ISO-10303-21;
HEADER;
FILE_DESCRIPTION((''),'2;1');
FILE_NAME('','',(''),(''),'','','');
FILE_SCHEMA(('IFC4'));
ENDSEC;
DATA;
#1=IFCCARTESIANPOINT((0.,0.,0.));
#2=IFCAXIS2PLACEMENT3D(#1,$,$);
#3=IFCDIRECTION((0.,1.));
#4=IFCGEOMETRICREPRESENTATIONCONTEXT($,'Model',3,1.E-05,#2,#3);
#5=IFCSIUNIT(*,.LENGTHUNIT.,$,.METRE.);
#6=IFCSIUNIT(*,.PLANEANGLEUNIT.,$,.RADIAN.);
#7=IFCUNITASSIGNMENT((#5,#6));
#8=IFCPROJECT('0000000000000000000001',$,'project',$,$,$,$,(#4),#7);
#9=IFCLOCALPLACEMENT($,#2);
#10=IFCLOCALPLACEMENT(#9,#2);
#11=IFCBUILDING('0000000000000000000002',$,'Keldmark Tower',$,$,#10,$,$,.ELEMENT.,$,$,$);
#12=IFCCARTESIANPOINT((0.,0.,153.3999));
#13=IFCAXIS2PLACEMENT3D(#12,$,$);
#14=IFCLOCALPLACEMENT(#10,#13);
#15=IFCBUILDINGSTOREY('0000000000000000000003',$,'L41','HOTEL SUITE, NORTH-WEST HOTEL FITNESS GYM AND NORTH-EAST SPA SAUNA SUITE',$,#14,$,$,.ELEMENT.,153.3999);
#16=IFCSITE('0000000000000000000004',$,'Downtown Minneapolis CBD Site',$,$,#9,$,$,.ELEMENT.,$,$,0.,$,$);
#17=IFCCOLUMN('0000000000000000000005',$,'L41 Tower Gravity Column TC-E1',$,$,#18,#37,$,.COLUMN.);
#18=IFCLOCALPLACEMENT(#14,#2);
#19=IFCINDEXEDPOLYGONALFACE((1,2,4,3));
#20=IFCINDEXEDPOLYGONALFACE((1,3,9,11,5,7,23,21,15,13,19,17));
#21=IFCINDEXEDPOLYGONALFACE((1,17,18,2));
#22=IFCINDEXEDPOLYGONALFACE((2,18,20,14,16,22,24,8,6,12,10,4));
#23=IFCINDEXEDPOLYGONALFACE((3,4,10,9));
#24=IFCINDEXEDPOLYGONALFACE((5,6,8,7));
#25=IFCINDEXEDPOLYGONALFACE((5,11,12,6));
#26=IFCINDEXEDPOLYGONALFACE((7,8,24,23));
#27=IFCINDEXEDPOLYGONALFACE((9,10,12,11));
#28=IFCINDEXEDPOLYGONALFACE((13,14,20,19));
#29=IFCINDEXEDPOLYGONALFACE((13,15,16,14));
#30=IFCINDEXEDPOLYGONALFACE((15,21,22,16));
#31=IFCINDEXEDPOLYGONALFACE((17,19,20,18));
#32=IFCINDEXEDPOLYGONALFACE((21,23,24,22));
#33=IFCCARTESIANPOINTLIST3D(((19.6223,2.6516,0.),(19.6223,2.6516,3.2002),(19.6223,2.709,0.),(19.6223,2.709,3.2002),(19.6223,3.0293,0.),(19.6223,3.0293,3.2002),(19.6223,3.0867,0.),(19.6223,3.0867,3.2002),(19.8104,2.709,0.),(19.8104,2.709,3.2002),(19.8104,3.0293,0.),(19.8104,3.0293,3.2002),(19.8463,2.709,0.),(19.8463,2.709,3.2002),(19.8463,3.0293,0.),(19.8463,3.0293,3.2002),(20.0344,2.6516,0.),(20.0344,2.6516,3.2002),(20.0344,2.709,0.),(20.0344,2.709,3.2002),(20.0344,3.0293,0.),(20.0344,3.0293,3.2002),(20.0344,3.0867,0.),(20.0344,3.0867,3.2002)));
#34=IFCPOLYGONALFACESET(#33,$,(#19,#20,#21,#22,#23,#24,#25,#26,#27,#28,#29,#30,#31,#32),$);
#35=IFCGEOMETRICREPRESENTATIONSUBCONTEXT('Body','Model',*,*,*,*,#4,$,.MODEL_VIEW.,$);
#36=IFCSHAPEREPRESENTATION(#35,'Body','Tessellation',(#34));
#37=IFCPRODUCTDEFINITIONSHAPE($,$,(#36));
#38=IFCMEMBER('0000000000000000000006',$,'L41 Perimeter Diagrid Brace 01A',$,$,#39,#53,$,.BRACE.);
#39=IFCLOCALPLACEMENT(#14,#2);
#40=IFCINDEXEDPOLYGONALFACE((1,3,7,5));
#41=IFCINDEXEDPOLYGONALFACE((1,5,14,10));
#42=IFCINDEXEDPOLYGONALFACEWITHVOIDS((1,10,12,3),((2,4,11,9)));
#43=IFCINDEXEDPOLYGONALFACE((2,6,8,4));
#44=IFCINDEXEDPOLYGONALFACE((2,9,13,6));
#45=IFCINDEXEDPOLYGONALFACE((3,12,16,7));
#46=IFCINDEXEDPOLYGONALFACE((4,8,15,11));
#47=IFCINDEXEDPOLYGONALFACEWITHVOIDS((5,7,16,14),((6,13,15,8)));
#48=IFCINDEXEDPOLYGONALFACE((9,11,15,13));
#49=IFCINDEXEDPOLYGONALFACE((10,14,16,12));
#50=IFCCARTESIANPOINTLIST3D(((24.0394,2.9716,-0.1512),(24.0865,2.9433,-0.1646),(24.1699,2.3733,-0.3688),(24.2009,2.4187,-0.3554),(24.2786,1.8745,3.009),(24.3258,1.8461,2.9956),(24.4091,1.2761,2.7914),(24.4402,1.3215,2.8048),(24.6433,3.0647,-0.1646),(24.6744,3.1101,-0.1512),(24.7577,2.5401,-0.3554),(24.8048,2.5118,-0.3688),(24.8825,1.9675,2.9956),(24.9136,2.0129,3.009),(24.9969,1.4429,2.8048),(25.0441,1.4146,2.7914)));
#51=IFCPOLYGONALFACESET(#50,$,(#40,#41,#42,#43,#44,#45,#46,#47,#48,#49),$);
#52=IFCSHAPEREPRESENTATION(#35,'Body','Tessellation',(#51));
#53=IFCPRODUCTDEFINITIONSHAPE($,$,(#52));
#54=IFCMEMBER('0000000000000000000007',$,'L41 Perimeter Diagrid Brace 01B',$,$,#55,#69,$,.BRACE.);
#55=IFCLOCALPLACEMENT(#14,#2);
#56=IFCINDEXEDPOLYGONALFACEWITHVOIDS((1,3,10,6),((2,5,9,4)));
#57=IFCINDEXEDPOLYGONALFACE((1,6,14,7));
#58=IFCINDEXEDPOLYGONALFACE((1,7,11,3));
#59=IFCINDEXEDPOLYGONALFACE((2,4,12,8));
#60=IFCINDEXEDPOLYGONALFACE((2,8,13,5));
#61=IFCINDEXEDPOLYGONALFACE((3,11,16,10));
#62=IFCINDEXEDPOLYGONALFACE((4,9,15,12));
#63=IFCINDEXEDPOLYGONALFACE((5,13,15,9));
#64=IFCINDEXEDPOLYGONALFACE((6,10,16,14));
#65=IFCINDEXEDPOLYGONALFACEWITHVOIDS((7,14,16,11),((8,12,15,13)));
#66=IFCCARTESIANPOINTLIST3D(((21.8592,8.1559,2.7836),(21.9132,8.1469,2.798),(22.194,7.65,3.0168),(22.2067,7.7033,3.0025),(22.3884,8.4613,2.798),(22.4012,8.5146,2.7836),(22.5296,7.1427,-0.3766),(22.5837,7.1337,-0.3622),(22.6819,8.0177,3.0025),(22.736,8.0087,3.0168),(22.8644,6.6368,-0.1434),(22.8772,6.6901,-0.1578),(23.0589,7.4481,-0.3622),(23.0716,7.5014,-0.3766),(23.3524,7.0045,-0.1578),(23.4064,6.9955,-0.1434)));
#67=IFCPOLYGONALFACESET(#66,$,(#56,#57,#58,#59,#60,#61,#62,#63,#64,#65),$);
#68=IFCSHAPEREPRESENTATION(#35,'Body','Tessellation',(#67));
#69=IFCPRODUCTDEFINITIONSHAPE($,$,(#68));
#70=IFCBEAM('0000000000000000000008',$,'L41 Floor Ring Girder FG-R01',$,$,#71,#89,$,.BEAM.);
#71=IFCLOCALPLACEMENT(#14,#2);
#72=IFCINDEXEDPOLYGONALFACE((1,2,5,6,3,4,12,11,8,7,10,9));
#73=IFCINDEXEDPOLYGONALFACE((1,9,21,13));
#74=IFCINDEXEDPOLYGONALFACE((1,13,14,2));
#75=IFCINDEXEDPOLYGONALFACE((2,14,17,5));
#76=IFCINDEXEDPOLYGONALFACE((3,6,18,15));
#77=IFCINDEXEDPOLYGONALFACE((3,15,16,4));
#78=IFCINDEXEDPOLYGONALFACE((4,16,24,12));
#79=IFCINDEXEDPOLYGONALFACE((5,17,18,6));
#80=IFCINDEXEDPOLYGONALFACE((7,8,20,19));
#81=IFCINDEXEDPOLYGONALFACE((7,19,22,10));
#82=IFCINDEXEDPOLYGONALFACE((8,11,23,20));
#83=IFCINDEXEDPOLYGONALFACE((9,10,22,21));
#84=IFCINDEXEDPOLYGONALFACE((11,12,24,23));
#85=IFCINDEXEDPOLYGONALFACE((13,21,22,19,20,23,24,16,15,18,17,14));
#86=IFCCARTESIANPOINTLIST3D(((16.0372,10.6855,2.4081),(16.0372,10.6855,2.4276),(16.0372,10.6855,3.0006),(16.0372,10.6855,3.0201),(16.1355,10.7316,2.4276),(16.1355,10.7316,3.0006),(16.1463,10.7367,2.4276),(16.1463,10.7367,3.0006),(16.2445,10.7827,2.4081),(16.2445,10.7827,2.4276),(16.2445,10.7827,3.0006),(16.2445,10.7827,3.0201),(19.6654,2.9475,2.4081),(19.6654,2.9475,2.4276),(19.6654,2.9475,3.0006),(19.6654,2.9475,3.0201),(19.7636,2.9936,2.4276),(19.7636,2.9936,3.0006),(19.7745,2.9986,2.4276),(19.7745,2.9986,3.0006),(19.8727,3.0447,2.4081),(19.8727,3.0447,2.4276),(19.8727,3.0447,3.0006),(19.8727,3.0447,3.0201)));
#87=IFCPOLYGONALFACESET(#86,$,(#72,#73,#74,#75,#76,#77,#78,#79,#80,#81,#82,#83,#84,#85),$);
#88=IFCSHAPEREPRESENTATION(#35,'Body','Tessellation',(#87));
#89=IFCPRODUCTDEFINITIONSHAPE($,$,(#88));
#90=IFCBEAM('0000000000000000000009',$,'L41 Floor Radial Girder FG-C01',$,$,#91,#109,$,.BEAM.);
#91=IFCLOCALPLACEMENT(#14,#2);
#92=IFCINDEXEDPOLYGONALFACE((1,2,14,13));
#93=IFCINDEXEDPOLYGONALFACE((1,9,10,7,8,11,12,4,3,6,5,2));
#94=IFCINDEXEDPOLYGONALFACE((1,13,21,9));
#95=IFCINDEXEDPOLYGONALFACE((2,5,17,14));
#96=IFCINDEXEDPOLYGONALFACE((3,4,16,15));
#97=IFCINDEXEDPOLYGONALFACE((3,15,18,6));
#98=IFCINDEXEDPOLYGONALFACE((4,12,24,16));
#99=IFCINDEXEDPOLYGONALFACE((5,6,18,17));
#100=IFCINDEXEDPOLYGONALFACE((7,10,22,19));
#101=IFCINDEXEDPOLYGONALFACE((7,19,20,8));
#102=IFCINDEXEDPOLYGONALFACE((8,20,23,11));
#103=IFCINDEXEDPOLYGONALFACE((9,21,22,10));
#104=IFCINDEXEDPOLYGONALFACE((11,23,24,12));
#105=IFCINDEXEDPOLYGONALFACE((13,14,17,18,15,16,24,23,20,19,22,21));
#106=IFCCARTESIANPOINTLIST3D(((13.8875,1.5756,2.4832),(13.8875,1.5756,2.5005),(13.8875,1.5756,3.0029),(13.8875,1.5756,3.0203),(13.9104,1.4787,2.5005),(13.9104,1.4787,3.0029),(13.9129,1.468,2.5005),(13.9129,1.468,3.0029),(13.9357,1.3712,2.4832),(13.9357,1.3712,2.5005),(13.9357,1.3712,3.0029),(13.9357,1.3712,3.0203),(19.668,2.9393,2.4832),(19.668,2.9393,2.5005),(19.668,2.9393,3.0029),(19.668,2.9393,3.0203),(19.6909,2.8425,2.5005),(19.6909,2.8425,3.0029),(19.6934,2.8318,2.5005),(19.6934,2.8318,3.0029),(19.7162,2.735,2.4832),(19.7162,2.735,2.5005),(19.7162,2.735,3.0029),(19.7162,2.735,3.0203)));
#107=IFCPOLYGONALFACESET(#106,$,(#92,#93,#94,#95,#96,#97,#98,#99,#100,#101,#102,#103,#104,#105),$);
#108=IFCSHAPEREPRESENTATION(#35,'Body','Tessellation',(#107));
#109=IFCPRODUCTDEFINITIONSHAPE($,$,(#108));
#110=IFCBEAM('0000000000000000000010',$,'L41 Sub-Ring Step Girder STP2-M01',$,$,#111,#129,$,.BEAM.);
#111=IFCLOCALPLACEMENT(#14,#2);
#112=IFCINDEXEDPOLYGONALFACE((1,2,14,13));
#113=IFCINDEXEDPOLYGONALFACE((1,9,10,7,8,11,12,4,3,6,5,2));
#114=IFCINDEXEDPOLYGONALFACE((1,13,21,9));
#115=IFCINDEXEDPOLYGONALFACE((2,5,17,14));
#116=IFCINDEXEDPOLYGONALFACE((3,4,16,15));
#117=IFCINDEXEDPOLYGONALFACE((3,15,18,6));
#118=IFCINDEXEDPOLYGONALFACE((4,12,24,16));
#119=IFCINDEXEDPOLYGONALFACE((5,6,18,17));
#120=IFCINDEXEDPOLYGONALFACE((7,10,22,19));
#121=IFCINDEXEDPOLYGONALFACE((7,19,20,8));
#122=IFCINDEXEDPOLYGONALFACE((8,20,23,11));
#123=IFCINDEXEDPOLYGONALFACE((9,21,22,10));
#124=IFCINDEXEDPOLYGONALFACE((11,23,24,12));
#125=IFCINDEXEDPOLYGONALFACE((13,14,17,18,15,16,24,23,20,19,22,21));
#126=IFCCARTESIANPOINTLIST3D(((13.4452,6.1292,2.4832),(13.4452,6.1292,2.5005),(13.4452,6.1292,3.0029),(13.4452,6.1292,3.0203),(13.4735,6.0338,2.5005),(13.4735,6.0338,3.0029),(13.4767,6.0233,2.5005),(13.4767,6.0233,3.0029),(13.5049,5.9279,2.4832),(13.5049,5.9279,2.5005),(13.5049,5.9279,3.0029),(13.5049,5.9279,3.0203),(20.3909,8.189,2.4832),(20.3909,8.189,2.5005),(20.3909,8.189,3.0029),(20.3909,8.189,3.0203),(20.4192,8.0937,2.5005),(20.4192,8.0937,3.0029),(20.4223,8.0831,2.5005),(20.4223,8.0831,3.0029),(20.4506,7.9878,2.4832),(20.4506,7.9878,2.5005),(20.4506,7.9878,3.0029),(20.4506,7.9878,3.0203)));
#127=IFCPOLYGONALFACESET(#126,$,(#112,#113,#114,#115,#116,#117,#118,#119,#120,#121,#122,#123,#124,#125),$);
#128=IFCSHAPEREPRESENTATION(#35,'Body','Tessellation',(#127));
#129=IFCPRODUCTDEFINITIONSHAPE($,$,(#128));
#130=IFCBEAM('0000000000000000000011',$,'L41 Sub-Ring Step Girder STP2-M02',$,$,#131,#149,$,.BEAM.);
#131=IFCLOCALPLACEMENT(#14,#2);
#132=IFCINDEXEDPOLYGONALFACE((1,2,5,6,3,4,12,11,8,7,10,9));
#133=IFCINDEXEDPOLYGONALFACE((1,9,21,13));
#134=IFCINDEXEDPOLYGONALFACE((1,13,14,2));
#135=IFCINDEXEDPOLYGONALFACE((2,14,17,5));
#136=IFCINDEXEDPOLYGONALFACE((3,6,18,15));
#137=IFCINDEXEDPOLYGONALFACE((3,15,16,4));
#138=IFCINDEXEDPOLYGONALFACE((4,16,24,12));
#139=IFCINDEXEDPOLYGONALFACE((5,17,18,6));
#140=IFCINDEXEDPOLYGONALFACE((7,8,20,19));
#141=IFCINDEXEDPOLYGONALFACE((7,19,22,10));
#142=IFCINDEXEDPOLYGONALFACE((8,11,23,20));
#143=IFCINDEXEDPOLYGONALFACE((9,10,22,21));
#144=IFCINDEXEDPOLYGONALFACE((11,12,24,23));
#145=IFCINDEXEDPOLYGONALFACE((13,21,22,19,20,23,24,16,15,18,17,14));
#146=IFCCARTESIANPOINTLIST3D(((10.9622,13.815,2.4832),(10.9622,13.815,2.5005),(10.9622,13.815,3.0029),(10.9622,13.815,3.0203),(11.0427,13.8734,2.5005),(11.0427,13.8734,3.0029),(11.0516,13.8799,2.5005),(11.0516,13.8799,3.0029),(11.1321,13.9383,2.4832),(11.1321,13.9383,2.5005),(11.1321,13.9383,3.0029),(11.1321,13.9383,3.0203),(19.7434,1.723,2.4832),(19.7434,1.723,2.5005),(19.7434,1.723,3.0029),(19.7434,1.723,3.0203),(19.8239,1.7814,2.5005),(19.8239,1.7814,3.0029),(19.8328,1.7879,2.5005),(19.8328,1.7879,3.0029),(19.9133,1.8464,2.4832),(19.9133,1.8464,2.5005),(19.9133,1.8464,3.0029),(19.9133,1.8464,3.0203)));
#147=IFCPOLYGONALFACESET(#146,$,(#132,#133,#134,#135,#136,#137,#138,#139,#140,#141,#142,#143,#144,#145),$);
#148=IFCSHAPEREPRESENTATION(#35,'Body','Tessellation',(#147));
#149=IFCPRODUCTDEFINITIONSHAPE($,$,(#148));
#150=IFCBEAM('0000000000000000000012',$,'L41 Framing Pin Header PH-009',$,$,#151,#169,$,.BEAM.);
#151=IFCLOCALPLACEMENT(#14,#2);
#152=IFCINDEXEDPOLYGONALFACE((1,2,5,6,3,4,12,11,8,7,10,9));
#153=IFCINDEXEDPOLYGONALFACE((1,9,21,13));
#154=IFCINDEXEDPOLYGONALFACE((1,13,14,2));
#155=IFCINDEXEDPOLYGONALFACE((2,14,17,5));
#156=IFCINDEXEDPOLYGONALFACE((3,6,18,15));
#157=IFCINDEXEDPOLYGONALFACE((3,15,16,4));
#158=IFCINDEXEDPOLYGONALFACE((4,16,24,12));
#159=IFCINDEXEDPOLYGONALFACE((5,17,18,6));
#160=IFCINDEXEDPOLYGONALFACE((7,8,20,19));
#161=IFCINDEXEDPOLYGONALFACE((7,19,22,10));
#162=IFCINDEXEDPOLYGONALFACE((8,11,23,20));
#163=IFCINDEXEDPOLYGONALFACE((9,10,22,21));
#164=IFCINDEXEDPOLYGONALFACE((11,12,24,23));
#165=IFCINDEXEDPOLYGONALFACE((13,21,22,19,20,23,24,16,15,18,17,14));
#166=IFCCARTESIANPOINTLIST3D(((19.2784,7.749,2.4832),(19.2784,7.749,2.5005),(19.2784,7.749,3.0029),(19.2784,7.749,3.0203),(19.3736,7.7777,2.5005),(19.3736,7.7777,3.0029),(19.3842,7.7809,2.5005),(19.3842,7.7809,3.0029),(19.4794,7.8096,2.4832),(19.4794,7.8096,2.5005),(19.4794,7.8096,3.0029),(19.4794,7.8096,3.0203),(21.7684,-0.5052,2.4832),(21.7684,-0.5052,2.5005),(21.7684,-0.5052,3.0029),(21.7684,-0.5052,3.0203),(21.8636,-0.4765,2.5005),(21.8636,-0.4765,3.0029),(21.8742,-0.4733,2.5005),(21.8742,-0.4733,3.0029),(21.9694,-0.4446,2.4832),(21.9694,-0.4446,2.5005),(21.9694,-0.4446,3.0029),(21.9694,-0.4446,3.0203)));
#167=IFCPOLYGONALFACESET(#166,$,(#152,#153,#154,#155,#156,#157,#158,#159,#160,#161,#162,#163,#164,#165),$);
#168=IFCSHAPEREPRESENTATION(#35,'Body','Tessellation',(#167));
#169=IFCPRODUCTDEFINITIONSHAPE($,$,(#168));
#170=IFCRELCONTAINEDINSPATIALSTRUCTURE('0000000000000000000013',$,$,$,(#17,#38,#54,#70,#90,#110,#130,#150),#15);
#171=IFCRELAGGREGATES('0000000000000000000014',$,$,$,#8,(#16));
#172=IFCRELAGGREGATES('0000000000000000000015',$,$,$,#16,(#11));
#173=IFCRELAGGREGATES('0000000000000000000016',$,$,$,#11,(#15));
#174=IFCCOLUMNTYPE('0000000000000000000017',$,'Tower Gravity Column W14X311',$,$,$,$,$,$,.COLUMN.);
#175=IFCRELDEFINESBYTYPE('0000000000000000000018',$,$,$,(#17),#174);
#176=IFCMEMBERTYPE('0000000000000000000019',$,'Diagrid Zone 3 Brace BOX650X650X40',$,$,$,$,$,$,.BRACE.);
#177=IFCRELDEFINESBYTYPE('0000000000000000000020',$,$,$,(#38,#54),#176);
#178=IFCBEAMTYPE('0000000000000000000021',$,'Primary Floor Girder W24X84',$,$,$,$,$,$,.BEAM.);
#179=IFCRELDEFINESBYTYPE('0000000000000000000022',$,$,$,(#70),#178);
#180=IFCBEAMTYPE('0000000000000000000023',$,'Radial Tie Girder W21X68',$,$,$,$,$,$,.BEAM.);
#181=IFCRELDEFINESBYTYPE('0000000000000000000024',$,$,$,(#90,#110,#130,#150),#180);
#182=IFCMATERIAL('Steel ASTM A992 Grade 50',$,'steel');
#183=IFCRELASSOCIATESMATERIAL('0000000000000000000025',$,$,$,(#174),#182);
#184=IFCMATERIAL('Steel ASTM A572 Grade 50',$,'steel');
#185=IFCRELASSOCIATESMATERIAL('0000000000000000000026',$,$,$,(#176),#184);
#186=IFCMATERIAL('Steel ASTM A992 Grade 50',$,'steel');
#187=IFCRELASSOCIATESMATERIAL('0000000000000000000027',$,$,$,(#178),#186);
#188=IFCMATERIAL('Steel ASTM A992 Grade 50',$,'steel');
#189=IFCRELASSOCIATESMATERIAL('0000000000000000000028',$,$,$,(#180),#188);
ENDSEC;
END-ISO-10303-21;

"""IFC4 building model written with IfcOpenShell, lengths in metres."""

from ifc_helpers import new_model, si_unit, direction, frame, origin, origin_2d, place, context, subcontext, project, spatial, hollow_rectangle, i_section, extrude, material, material_profile, profile_set, type_object, element, save


model = new_model("IFC4")

# Units and contexts
model_context = context("Model", 3, precision=1e-05, world=origin(), true_north=direction((0.0, 1.0)))
body_context = subcontext(model_context, "Body", "Model", "MODEL_VIEW")
ifc_project = project(units=[si_unit("LENGTHUNIT", "METRE"), si_unit("PLANEANGLEUNIT", "RADIAN")], contexts=[model_context])

# Site, building, storey
site_placement = place(None, origin())
site = spatial("IfcSite", under=ifc_project, at=site_placement, Name="Downtown Minneapolis CBD Site", CompositionType="ELEMENT", RefElevation=0.0)
building_placement = place(site_placement, origin())
building = spatial("IfcBuilding", under=site, at=building_placement, Name="Keldmark Tower", CompositionType="ELEMENT")
storey_placement = place(building_placement, frame((0.0, 0.0, 153.3999)))
storey = spatial("IfcBuildingStorey", under=building, at=storey_placement, Name="L41", Description="HOTEL SUITE, NORTH-WEST HOTEL FITNESS GYM AND NORTH-EAST SPA SAUNA SUITE", CompositionType="ELEMENT", Elevation=153.3999)

# Column
ifc_material_1 = material(Name="Steel ASTM A992 Grade 50", Category="steel")
ifc_material_profile_1 = material_profile(ifc_material_1, i_section(OverallWidth=0.4121, OverallDepth=0.4351, WebThickness=0.0359, FlangeThickness=0.0574, at=origin_2d()), Name="W14X311")
ifc_profile_set_1 = profile_set([ifc_material_profile_1], Name="Steel ASTM A992 Grade 50")
column_type = type_object("IfcColumnType", Name="Tower Gravity Column W14X311", PredefinedType="COLUMN", material=ifc_profile_set_1)
column_placement = place(storey_placement, frame((19.8284, 2.8691, 0.0), z_axis=(0.0, 0.0, 1.0), x_axis=(1.0, 0.0, 0.0)))
element("IfcColumn", 1, at=column_placement, inside=storey, type_object=column_type, Name="L41 Tower Gravity Column TC-E1", PredefinedType="COLUMN", context=body_context, shape_type="SweptSolid", body=[
    extrude(i_section(OverallWidth=0.4121, OverallDepth=0.4351, WebThickness=0.0359, FlangeThickness=0.0574, at=origin_2d()), origin(), (0.0, 0.0, 1.0), 3.2002),
])

# Members
ifc_material_2 = material(Name="Steel ASTM A572 Grade 50", Category="steel")
ifc_material_profile_2 = material_profile(ifc_material_2, hollow_rectangle(XDim=0.6499, YDim=0.6499, WallThickness=0.04, at=origin_2d()), Name="BOX650X650X40")
ifc_profile_set_2 = profile_set([ifc_material_profile_2], Name="Steel ASTM A572 Grade 50")
member_type = type_object("IfcMemberType", Name="Diagrid Zone 3 Brace BOX650X650X40", PredefinedType="BRACE", material=ifc_profile_set_2)
member_1_placement = place(storey_placement, frame((24.4221, 2.7417, -0.26), z_axis=(0.07134, -0.327147, 0.942277), x_axis=(0.977039, 0.213061, 0.0)))
element("IfcMember", 2, at=member_1_placement, inside=storey, type_object=member_type, Name="L41 Perimeter Diagrid Brace 01A", PredefinedType="BRACE", context=body_context, shape_type="SweptSolid", body=[
    extrude(hollow_rectangle(XDim=0.6499, YDim=0.6499, WallThickness=0.04, at=origin_2d()), origin(), (0.0, 0.0, 1.0), 3.3538),
])
member_2_placement = place(storey_placement, frame((22.968, 7.0691, -0.26), z_axis=(-0.198016, 0.299259, 0.933399), x_axis=(-0.833962, -0.551822, 0.0)))
element("IfcMember", 3, at=member_2_placement, inside=storey, type_object=member_type, Name="L41 Perimeter Diagrid Brace 01B", PredefinedType="BRACE", context=body_context, shape_type="SweptSolid", body=[
    extrude(hollow_rectangle(XDim=0.6499, YDim=0.6499, WallThickness=0.04, at=origin_2d()), origin(), (0.0, 0.0, 1.0), 3.3857),
])

# Beams
ifc_material_3 = material(Name="Steel ASTM A992 Grade 50", Category="steel")
ifc_material_profile_3 = material_profile(ifc_material_3, i_section(OverallWidth=0.229, OverallDepth=0.6121, WebThickness=0.012, FlangeThickness=0.0195, at=origin_2d()), Name="W24X84")
ifc_profile_set_3 = profile_set([ifc_material_profile_3], Name="Steel ASTM A992 Grade 50")
beam_type_1 = type_object("IfcBeamType", Name="Primary Floor Girder W24X84", PredefinedType="BEAM", material=ifc_profile_set_3)
beam_1_placement = place(storey_placement, frame((19.769, 2.9961, 2.7141), z_axis=(-0.424527, 0.905415, 0.0), x_axis=(-0.905415, -0.424527, 0.0)))
element("IfcBeam", 4, at=beam_1_placement, inside=storey, type_object=beam_type_1, Name="L41 Floor Ring Girder FG-R01", PredefinedType="BEAM", context=body_context, shape_type="SweptSolid", body=[
    extrude(i_section(OverallWidth=0.229, OverallDepth=0.6121, WebThickness=0.012, FlangeThickness=0.0195, at=origin_2d()), origin(), (0.0, 0.0, 1.0), 8.5464),
])
ifc_material_4 = material(Name="Steel ASTM A992 Grade 50", Category="steel")
ifc_material_profile_4 = material_profile(ifc_material_4, i_section(OverallWidth=0.21, OverallDepth=0.5371, WebThickness=0.011, FlangeThickness=0.0173, at=origin_2d()), Name="W21X68")
ifc_profile_set_4 = profile_set([ifc_material_profile_4], Name="Steel ASTM A992 Grade 50")
beam_type_2 = type_object("IfcBeamType", Name="Radial Tie Girder W21X68", PredefinedType="BEAM", material=ifc_profile_set_4)
beam_2_placement = place(storey_placement, frame((19.6921, 2.8372, 2.7517), z_axis=(-0.97328, -0.229621, 0.0), x_axis=(0.229621, -0.97328, 0.0)))
element("IfcBeam", 5, at=beam_2_placement, inside=storey, type_object=beam_type_2, Name="L41 Floor Radial Girder FG-C01", PredefinedType="BEAM", context=body_context, shape_type="SweptSolid", body=[
    extrude(i_section(OverallWidth=0.21, OverallDepth=0.5371, WebThickness=0.011, FlangeThickness=0.0173, at=origin_2d()), origin(), (0.0, 0.0, 1.0), 5.9392),
])
beam_3_placement = place(storey_placement, frame((13.4751, 6.0286, 2.7517), z_axis=(0.958728, 0.284326, 0.0), x_axis=(-0.284326, 0.958728, 0.0)))
element("IfcBeam", 6, at=beam_3_placement, inside=storey, type_object=beam_type_2, Name="L41 Sub-Ring Step Girder STP2-M01", PredefinedType="BEAM", context=body_context, shape_type="SweptSolid", body=[
    extrude(i_section(OverallWidth=0.21, OverallDepth=0.5371, WebThickness=0.011, FlangeThickness=0.0173, at=origin_2d()), origin(), (0.0, 0.0, 1.0), 7.2446),
])
beam_4_placement = place(storey_placement, frame((19.8284, 1.7847, 2.7517), z_axis=(-0.587604, 0.809148, 0.0), x_axis=(-0.809148, -0.587604, 0.0)))
element("IfcBeam", 7, at=beam_4_placement, inside=storey, type_object=beam_type_2, Name="L41 Sub-Ring Step Girder STP2-M02", PredefinedType="BEAM", context=body_context, shape_type="SweptSolid", body=[
    extrude(i_section(OverallWidth=0.21, OverallDepth=0.5371, WebThickness=0.011, FlangeThickness=0.0173, at=origin_2d()), origin(), (0.0, 0.0, 1.0), 14.9441),
])
beam_5_placement = place(storey_placement, frame((19.3789, 7.7793, 2.7517), z_axis=(0.28881, -0.957386, 0.0), x_axis=(0.957386, 0.28881, 0.0)))
element("IfcBeam", 8, at=beam_5_placement, inside=storey, type_object=beam_type_2, Name="L41 Framing Pin Header PH-009", PredefinedType="BEAM", context=body_context, shape_type="SweptSolid", body=[
    extrude(i_section(OverallWidth=0.21, OverallDepth=0.5371, WebThickness=0.011, FlangeThickness=0.0173, at=origin_2d()), origin(), (0.0, 0.0, 1.0), 8.6216),
])

save(model, "model.ifc")
